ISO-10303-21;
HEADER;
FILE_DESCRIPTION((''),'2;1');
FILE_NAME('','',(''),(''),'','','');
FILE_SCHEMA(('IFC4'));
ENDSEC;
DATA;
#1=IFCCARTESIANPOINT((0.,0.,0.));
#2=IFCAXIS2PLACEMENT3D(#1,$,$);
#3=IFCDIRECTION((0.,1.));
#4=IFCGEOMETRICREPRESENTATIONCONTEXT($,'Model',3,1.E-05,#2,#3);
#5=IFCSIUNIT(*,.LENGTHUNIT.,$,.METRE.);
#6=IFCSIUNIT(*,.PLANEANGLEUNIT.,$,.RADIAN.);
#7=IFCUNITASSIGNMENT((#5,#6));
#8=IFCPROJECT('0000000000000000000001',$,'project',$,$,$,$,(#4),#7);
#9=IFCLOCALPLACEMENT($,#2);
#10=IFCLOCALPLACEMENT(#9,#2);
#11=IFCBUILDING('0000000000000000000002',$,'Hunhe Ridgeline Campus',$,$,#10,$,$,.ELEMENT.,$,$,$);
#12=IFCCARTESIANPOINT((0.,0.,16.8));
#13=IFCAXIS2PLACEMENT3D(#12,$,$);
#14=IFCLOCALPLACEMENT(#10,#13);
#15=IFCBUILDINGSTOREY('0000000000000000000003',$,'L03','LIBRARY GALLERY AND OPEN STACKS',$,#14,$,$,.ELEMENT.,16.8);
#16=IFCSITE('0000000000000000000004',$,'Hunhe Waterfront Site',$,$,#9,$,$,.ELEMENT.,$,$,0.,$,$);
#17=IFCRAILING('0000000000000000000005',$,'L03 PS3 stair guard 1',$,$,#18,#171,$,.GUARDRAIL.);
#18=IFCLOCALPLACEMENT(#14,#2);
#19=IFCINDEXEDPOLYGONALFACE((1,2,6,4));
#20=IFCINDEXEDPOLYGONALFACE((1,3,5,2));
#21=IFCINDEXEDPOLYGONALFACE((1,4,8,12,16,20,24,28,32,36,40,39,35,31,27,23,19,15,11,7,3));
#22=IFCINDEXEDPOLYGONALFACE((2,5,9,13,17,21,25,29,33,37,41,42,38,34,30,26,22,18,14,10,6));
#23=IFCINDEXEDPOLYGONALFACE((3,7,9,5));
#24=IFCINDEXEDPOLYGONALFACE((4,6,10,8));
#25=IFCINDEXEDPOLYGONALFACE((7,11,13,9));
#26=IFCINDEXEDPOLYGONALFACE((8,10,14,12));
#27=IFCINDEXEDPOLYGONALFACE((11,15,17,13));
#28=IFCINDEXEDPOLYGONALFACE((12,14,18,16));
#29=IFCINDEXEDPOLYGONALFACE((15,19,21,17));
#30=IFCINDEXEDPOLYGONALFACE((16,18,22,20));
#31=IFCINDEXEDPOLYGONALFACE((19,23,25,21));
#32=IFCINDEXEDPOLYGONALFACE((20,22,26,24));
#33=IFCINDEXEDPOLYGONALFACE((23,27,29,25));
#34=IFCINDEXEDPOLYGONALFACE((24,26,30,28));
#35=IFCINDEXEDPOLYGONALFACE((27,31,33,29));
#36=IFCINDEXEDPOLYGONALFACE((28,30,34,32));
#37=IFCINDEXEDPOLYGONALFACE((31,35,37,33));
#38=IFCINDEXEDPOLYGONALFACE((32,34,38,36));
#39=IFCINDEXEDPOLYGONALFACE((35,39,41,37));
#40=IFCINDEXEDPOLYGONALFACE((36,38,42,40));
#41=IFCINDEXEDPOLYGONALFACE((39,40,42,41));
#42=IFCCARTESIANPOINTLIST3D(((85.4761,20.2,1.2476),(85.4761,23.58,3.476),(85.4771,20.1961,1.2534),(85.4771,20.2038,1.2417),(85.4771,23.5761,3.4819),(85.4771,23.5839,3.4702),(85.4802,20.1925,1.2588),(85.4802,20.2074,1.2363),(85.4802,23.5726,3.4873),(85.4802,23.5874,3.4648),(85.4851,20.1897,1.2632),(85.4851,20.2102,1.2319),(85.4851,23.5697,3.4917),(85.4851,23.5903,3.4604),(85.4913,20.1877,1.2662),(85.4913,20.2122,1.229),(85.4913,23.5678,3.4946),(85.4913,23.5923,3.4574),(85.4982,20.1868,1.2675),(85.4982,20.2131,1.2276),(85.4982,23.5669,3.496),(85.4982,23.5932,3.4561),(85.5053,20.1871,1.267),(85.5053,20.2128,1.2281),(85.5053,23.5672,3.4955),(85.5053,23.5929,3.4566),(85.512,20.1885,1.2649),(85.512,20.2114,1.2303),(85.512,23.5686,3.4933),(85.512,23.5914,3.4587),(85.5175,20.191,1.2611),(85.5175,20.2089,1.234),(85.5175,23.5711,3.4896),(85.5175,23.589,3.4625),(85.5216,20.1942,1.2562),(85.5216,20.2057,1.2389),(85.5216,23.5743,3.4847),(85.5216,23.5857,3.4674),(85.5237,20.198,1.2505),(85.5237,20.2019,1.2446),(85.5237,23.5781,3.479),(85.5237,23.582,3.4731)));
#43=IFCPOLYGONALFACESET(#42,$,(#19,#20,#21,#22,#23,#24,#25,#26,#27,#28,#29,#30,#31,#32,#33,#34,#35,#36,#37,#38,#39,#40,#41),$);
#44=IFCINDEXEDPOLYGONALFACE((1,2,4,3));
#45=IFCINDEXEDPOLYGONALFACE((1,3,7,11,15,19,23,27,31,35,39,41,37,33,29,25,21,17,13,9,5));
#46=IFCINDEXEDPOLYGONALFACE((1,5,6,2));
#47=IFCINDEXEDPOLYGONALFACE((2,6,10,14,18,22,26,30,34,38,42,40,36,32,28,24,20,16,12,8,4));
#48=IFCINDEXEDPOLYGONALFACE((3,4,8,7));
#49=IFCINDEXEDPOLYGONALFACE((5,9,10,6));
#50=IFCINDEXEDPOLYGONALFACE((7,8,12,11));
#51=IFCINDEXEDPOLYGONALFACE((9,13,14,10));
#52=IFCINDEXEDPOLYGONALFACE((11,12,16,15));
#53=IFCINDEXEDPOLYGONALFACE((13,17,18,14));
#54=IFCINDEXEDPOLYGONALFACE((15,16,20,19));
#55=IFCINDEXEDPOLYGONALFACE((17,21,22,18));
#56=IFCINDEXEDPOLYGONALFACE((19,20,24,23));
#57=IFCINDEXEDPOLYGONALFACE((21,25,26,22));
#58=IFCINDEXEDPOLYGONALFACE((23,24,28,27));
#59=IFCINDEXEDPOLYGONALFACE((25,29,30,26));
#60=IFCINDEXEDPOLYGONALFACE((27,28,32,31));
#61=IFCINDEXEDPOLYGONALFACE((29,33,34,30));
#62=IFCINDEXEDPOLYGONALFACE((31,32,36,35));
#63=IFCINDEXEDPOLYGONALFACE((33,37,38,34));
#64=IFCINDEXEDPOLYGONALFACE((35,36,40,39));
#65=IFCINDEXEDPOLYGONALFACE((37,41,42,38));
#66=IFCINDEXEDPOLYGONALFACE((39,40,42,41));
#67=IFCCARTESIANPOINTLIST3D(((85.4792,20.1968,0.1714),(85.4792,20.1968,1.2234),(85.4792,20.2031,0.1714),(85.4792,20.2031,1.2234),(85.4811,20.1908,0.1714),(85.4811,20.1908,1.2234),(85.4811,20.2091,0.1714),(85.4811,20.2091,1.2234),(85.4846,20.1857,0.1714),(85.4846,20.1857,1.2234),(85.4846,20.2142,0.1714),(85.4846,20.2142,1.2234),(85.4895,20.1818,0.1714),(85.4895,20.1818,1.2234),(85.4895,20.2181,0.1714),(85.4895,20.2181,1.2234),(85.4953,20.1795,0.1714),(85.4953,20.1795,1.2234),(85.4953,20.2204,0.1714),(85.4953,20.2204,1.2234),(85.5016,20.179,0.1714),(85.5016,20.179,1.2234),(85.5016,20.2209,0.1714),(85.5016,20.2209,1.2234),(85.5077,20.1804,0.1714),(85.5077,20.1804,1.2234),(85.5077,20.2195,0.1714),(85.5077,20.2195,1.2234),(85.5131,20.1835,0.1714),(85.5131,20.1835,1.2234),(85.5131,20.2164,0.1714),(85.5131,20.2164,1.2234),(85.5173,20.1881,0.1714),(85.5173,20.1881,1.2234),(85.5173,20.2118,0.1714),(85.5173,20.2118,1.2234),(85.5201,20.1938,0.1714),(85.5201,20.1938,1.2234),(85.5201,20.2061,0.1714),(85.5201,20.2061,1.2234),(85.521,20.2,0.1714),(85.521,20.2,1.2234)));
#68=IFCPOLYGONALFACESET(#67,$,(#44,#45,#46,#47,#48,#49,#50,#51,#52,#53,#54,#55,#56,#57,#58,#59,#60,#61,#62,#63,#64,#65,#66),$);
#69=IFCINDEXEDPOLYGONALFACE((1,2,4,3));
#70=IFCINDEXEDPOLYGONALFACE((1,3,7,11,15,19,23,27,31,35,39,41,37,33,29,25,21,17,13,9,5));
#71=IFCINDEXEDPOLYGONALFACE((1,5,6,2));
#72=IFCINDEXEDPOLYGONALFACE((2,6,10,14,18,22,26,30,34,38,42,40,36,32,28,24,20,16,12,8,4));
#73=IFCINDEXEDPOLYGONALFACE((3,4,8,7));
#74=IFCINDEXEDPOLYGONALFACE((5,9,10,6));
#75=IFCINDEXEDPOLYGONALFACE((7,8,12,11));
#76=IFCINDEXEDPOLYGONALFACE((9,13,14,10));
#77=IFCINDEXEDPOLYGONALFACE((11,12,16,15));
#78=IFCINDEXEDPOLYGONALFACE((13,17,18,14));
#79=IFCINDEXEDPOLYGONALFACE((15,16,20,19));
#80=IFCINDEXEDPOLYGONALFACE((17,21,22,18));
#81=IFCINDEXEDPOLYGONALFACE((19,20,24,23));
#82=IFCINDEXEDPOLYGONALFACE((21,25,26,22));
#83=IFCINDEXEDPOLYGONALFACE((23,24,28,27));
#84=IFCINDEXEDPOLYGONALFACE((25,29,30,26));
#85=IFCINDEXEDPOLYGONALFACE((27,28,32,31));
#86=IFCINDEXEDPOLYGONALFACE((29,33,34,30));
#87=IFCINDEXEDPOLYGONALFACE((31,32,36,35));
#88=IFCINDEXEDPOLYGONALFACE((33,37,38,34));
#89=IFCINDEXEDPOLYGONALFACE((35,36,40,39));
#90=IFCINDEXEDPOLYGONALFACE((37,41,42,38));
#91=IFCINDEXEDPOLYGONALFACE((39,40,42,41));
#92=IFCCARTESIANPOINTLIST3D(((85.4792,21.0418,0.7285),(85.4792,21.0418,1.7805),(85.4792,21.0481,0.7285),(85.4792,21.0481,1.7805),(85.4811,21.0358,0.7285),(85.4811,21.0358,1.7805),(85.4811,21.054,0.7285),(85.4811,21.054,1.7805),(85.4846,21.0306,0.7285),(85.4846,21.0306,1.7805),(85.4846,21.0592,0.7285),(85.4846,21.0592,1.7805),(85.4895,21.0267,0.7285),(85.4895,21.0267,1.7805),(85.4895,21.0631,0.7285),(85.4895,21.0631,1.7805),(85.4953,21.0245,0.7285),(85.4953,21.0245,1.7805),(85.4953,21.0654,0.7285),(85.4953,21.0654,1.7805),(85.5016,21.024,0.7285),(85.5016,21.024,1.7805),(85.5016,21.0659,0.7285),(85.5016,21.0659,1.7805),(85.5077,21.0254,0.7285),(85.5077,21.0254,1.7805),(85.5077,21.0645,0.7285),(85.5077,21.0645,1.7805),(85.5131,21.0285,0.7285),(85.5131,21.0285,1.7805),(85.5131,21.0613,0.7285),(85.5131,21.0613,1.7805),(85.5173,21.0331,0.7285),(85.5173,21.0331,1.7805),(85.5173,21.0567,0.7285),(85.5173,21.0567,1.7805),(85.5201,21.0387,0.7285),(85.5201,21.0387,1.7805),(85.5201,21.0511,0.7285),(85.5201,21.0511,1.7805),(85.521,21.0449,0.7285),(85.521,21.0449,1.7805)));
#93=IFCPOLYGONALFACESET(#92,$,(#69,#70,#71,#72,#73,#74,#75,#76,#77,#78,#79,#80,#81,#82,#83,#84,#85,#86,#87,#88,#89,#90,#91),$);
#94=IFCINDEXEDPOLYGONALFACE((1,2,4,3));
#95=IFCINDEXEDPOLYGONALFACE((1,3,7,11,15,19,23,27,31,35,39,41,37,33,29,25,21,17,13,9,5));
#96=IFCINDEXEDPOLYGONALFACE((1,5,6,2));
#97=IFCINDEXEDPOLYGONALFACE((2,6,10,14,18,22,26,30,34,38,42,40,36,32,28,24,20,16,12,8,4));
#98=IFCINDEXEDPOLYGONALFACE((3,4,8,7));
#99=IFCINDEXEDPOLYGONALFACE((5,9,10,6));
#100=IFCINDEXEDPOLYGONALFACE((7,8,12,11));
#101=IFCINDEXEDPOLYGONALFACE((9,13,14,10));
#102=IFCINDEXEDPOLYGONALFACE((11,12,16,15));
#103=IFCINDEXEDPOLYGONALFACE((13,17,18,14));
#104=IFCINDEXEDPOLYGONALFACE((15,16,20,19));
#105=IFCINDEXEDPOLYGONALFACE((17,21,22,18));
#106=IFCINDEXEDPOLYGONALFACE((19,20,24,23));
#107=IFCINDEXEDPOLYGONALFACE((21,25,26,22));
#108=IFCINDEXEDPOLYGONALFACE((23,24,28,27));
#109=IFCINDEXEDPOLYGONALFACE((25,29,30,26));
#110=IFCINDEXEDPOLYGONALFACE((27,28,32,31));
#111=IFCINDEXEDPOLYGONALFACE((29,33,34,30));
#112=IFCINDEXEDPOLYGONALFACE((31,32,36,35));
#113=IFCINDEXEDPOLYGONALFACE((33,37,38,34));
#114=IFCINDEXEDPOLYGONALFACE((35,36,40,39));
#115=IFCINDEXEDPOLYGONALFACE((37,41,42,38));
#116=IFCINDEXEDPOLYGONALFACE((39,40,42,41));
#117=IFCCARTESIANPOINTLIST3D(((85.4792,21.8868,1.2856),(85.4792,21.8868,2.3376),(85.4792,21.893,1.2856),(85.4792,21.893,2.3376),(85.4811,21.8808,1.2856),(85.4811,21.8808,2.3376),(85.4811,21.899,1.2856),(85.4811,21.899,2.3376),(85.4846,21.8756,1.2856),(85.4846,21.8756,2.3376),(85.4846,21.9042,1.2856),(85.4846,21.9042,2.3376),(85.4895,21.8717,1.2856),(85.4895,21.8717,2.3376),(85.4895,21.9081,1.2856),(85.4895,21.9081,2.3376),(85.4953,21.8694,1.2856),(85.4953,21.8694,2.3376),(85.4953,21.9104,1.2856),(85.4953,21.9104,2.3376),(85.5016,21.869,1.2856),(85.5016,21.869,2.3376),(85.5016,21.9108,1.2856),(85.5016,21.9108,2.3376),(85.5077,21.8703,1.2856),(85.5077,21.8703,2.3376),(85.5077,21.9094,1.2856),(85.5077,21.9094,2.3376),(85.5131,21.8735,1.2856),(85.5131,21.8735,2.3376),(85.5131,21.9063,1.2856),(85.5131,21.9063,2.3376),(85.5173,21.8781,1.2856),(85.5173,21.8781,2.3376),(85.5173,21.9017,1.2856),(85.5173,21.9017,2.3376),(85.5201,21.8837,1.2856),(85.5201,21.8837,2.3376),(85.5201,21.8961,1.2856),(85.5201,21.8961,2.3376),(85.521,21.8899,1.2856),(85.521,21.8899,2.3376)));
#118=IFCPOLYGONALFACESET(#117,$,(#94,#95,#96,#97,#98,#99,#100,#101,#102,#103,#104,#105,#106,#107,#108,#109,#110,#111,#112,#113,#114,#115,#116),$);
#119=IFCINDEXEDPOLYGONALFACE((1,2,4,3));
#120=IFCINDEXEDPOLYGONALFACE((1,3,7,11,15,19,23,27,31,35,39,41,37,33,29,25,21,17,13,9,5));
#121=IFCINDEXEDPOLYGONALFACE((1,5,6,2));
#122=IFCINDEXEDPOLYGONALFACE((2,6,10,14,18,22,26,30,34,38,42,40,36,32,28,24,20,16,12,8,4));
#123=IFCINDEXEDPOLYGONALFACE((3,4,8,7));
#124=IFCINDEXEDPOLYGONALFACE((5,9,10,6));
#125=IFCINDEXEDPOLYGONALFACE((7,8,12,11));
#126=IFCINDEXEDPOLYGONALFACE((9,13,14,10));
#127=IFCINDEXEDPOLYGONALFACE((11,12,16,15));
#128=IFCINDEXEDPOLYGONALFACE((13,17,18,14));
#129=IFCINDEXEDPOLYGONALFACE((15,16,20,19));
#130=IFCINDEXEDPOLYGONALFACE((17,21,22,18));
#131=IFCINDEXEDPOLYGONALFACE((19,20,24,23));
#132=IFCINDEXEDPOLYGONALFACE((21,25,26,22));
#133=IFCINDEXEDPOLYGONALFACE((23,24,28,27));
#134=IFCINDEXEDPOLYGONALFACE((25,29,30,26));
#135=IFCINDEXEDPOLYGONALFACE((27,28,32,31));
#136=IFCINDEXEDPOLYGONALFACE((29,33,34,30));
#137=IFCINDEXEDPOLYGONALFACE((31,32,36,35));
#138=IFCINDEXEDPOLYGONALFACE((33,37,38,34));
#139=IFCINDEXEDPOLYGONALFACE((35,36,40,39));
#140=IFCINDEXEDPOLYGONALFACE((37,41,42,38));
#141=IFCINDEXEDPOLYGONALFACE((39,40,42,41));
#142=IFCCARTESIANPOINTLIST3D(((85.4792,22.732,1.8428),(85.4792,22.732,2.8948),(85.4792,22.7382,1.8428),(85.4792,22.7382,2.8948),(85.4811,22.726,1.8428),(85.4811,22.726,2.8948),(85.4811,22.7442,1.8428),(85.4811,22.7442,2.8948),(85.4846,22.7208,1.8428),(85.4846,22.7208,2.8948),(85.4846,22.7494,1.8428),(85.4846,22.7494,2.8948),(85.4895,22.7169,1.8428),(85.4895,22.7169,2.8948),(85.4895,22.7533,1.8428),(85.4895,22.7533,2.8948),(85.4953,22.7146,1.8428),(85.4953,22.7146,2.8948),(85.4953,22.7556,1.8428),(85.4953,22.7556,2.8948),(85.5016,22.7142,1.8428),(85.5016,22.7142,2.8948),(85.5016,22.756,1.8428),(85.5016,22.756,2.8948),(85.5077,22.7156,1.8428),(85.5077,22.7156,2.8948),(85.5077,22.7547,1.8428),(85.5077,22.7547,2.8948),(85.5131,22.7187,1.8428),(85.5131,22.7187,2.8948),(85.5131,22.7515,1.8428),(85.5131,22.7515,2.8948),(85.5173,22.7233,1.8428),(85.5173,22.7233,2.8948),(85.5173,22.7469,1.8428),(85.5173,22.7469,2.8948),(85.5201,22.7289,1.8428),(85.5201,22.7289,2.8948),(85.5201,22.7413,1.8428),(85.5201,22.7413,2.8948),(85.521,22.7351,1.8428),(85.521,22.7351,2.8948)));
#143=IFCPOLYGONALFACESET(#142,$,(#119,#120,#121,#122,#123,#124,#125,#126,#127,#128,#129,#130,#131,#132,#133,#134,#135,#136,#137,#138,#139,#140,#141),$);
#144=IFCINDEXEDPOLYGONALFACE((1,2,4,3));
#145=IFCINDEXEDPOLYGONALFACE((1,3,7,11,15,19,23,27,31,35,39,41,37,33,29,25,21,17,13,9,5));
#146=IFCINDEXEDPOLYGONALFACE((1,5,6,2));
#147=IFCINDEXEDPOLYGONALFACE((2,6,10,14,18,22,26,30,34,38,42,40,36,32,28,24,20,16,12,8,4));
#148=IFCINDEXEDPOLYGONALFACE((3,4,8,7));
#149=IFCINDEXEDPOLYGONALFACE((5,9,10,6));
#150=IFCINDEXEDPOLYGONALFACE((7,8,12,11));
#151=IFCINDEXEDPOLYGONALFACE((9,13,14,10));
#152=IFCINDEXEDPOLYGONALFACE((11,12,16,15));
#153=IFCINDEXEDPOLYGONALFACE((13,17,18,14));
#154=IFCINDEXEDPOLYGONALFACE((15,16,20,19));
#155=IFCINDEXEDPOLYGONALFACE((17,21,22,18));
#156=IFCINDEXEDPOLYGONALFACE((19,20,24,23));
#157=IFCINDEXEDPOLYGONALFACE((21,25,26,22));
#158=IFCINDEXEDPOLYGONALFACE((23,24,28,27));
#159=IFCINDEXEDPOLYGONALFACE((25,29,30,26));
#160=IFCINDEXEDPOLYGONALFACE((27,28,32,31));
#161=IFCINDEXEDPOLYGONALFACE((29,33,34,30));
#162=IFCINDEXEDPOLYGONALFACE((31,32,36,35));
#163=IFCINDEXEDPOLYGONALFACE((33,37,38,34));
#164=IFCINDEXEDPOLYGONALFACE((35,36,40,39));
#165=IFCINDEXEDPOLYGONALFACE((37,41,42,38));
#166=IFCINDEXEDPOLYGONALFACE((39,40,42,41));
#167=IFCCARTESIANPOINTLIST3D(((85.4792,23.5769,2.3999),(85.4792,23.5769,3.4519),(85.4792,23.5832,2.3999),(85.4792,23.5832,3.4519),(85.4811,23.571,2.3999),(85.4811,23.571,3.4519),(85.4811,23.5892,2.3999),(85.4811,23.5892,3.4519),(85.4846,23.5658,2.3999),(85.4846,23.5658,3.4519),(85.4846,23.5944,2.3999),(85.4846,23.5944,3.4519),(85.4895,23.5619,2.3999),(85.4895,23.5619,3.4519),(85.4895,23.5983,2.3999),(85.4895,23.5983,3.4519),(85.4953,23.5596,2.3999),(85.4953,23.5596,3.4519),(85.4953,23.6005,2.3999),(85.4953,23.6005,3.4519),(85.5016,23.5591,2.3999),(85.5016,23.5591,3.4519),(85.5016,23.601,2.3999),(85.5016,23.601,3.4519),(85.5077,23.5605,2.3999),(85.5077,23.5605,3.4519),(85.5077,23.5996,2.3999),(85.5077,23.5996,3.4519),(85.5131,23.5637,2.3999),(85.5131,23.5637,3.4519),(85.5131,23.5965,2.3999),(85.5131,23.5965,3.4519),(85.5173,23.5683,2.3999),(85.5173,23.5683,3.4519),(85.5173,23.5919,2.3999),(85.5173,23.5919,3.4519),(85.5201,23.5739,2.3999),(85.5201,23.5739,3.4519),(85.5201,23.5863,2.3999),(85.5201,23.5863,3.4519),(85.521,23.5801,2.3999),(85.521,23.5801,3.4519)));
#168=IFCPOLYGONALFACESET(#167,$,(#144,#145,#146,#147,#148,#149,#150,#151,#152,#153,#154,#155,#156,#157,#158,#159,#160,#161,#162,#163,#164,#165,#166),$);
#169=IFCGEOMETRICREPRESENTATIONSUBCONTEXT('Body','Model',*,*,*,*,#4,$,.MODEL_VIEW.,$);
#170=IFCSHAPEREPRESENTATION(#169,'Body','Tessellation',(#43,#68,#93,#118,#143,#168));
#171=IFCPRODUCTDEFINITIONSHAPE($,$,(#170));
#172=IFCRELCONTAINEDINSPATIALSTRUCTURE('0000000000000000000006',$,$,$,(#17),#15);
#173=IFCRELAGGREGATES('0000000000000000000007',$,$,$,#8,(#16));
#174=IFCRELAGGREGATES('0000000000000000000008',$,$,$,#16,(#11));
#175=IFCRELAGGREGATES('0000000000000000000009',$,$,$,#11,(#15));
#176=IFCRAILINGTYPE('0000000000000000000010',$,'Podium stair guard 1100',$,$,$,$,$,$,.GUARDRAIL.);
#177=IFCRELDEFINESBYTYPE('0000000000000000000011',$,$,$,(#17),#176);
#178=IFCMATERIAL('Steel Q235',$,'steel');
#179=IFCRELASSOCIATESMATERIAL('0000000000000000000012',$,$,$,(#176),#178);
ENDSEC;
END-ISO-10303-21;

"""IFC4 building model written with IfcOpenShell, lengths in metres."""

from ifc_helpers import new_model, si_unit, direction, frame, origin, origin_2d, place, context, subcontext, project, spatial, circle, extrude, material, type_object, element, save


model = new_model("IFC4")

# Units and contexts
model_context = context("Model", 3, precision=1e-05, world=origin(), true_north=direction((0.0, 1.0)))
body_context = subcontext(model_context, "Body", "Model", "MODEL_VIEW")
ifc_project = project(units=[si_unit("LENGTHUNIT", "METRE"), si_unit("PLANEANGLEUNIT", "RADIAN")], contexts=[model_context])

# Site, building, storey
site_placement = place(None, origin())
site = spatial("IfcSite", under=ifc_project, at=site_placement, Name="Hunhe Waterfront Site", CompositionType="ELEMENT", RefElevation=0.0)
building_placement = place(site_placement, origin())
building = spatial("IfcBuilding", under=site, at=building_placement, Name="Hunhe Ridgeline Campus", CompositionType="ELEMENT")
storey_placement = place(building_placement, frame((0.0, 0.0, 16.8)))
storey = spatial("IfcBuildingStorey", under=building, at=storey_placement, Name="L03", Description="LIBRARY GALLERY AND OPEN STACKS", CompositionType="ELEMENT", Elevation=16.8)

# Railing
ifc_material_1 = material(Name="Steel Q235", Category="steel")
railing_type_1 = type_object("IfcRailingType", Name="Podium stair guard 1100", PredefinedType="GUARDRAIL", material=ifc_material_1)
railing_1_placement = place(storey_placement, frame((85.5, 20.2, 0.1714)))
element("IfcRailing", 1, at=railing_1_placement, inside=storey, type_object=railing_type_1, Name="L03 PS3 stair guard 1", PredefinedType="GUARDRAIL", context=body_context, shape_type="SweptSolid", body=[
    extrude(circle(Radius=0.0239, at=origin_2d()), frame((0.0, 0.0, 1.0762), z_axis=(0.0, 0.834878, 0.550435), x_axis=(-1.0, 0.0, 0.0)), (0.0, 0.0, 1.0), 4.0486),
    extrude(circle(Radius=0.021, at=origin_2d()), origin(), (0.0, 0.0, 1.0), 1.052),
    extrude(circle(Radius=0.021, at=origin_2d()), frame((0.0, 0.845, 0.5571)), (0.0, 0.0, 1.0), 1.052),
    extrude(circle(Radius=0.021, at=origin_2d()), frame((0.0, 1.6899, 1.1143)), (0.0, 0.0, 1.0), 1.052),
    extrude(circle(Radius=0.021, at=origin_2d()), frame((0.0, 2.5352, 1.6714)), (0.0, 0.0, 1.0), 1.052),
    extrude(circle(Radius=0.021, at=origin_2d()), frame((0.0, 3.3801, 2.2285)), (0.0, 0.0, 1.0), 1.052),
])

save(model, "model.ifc")
